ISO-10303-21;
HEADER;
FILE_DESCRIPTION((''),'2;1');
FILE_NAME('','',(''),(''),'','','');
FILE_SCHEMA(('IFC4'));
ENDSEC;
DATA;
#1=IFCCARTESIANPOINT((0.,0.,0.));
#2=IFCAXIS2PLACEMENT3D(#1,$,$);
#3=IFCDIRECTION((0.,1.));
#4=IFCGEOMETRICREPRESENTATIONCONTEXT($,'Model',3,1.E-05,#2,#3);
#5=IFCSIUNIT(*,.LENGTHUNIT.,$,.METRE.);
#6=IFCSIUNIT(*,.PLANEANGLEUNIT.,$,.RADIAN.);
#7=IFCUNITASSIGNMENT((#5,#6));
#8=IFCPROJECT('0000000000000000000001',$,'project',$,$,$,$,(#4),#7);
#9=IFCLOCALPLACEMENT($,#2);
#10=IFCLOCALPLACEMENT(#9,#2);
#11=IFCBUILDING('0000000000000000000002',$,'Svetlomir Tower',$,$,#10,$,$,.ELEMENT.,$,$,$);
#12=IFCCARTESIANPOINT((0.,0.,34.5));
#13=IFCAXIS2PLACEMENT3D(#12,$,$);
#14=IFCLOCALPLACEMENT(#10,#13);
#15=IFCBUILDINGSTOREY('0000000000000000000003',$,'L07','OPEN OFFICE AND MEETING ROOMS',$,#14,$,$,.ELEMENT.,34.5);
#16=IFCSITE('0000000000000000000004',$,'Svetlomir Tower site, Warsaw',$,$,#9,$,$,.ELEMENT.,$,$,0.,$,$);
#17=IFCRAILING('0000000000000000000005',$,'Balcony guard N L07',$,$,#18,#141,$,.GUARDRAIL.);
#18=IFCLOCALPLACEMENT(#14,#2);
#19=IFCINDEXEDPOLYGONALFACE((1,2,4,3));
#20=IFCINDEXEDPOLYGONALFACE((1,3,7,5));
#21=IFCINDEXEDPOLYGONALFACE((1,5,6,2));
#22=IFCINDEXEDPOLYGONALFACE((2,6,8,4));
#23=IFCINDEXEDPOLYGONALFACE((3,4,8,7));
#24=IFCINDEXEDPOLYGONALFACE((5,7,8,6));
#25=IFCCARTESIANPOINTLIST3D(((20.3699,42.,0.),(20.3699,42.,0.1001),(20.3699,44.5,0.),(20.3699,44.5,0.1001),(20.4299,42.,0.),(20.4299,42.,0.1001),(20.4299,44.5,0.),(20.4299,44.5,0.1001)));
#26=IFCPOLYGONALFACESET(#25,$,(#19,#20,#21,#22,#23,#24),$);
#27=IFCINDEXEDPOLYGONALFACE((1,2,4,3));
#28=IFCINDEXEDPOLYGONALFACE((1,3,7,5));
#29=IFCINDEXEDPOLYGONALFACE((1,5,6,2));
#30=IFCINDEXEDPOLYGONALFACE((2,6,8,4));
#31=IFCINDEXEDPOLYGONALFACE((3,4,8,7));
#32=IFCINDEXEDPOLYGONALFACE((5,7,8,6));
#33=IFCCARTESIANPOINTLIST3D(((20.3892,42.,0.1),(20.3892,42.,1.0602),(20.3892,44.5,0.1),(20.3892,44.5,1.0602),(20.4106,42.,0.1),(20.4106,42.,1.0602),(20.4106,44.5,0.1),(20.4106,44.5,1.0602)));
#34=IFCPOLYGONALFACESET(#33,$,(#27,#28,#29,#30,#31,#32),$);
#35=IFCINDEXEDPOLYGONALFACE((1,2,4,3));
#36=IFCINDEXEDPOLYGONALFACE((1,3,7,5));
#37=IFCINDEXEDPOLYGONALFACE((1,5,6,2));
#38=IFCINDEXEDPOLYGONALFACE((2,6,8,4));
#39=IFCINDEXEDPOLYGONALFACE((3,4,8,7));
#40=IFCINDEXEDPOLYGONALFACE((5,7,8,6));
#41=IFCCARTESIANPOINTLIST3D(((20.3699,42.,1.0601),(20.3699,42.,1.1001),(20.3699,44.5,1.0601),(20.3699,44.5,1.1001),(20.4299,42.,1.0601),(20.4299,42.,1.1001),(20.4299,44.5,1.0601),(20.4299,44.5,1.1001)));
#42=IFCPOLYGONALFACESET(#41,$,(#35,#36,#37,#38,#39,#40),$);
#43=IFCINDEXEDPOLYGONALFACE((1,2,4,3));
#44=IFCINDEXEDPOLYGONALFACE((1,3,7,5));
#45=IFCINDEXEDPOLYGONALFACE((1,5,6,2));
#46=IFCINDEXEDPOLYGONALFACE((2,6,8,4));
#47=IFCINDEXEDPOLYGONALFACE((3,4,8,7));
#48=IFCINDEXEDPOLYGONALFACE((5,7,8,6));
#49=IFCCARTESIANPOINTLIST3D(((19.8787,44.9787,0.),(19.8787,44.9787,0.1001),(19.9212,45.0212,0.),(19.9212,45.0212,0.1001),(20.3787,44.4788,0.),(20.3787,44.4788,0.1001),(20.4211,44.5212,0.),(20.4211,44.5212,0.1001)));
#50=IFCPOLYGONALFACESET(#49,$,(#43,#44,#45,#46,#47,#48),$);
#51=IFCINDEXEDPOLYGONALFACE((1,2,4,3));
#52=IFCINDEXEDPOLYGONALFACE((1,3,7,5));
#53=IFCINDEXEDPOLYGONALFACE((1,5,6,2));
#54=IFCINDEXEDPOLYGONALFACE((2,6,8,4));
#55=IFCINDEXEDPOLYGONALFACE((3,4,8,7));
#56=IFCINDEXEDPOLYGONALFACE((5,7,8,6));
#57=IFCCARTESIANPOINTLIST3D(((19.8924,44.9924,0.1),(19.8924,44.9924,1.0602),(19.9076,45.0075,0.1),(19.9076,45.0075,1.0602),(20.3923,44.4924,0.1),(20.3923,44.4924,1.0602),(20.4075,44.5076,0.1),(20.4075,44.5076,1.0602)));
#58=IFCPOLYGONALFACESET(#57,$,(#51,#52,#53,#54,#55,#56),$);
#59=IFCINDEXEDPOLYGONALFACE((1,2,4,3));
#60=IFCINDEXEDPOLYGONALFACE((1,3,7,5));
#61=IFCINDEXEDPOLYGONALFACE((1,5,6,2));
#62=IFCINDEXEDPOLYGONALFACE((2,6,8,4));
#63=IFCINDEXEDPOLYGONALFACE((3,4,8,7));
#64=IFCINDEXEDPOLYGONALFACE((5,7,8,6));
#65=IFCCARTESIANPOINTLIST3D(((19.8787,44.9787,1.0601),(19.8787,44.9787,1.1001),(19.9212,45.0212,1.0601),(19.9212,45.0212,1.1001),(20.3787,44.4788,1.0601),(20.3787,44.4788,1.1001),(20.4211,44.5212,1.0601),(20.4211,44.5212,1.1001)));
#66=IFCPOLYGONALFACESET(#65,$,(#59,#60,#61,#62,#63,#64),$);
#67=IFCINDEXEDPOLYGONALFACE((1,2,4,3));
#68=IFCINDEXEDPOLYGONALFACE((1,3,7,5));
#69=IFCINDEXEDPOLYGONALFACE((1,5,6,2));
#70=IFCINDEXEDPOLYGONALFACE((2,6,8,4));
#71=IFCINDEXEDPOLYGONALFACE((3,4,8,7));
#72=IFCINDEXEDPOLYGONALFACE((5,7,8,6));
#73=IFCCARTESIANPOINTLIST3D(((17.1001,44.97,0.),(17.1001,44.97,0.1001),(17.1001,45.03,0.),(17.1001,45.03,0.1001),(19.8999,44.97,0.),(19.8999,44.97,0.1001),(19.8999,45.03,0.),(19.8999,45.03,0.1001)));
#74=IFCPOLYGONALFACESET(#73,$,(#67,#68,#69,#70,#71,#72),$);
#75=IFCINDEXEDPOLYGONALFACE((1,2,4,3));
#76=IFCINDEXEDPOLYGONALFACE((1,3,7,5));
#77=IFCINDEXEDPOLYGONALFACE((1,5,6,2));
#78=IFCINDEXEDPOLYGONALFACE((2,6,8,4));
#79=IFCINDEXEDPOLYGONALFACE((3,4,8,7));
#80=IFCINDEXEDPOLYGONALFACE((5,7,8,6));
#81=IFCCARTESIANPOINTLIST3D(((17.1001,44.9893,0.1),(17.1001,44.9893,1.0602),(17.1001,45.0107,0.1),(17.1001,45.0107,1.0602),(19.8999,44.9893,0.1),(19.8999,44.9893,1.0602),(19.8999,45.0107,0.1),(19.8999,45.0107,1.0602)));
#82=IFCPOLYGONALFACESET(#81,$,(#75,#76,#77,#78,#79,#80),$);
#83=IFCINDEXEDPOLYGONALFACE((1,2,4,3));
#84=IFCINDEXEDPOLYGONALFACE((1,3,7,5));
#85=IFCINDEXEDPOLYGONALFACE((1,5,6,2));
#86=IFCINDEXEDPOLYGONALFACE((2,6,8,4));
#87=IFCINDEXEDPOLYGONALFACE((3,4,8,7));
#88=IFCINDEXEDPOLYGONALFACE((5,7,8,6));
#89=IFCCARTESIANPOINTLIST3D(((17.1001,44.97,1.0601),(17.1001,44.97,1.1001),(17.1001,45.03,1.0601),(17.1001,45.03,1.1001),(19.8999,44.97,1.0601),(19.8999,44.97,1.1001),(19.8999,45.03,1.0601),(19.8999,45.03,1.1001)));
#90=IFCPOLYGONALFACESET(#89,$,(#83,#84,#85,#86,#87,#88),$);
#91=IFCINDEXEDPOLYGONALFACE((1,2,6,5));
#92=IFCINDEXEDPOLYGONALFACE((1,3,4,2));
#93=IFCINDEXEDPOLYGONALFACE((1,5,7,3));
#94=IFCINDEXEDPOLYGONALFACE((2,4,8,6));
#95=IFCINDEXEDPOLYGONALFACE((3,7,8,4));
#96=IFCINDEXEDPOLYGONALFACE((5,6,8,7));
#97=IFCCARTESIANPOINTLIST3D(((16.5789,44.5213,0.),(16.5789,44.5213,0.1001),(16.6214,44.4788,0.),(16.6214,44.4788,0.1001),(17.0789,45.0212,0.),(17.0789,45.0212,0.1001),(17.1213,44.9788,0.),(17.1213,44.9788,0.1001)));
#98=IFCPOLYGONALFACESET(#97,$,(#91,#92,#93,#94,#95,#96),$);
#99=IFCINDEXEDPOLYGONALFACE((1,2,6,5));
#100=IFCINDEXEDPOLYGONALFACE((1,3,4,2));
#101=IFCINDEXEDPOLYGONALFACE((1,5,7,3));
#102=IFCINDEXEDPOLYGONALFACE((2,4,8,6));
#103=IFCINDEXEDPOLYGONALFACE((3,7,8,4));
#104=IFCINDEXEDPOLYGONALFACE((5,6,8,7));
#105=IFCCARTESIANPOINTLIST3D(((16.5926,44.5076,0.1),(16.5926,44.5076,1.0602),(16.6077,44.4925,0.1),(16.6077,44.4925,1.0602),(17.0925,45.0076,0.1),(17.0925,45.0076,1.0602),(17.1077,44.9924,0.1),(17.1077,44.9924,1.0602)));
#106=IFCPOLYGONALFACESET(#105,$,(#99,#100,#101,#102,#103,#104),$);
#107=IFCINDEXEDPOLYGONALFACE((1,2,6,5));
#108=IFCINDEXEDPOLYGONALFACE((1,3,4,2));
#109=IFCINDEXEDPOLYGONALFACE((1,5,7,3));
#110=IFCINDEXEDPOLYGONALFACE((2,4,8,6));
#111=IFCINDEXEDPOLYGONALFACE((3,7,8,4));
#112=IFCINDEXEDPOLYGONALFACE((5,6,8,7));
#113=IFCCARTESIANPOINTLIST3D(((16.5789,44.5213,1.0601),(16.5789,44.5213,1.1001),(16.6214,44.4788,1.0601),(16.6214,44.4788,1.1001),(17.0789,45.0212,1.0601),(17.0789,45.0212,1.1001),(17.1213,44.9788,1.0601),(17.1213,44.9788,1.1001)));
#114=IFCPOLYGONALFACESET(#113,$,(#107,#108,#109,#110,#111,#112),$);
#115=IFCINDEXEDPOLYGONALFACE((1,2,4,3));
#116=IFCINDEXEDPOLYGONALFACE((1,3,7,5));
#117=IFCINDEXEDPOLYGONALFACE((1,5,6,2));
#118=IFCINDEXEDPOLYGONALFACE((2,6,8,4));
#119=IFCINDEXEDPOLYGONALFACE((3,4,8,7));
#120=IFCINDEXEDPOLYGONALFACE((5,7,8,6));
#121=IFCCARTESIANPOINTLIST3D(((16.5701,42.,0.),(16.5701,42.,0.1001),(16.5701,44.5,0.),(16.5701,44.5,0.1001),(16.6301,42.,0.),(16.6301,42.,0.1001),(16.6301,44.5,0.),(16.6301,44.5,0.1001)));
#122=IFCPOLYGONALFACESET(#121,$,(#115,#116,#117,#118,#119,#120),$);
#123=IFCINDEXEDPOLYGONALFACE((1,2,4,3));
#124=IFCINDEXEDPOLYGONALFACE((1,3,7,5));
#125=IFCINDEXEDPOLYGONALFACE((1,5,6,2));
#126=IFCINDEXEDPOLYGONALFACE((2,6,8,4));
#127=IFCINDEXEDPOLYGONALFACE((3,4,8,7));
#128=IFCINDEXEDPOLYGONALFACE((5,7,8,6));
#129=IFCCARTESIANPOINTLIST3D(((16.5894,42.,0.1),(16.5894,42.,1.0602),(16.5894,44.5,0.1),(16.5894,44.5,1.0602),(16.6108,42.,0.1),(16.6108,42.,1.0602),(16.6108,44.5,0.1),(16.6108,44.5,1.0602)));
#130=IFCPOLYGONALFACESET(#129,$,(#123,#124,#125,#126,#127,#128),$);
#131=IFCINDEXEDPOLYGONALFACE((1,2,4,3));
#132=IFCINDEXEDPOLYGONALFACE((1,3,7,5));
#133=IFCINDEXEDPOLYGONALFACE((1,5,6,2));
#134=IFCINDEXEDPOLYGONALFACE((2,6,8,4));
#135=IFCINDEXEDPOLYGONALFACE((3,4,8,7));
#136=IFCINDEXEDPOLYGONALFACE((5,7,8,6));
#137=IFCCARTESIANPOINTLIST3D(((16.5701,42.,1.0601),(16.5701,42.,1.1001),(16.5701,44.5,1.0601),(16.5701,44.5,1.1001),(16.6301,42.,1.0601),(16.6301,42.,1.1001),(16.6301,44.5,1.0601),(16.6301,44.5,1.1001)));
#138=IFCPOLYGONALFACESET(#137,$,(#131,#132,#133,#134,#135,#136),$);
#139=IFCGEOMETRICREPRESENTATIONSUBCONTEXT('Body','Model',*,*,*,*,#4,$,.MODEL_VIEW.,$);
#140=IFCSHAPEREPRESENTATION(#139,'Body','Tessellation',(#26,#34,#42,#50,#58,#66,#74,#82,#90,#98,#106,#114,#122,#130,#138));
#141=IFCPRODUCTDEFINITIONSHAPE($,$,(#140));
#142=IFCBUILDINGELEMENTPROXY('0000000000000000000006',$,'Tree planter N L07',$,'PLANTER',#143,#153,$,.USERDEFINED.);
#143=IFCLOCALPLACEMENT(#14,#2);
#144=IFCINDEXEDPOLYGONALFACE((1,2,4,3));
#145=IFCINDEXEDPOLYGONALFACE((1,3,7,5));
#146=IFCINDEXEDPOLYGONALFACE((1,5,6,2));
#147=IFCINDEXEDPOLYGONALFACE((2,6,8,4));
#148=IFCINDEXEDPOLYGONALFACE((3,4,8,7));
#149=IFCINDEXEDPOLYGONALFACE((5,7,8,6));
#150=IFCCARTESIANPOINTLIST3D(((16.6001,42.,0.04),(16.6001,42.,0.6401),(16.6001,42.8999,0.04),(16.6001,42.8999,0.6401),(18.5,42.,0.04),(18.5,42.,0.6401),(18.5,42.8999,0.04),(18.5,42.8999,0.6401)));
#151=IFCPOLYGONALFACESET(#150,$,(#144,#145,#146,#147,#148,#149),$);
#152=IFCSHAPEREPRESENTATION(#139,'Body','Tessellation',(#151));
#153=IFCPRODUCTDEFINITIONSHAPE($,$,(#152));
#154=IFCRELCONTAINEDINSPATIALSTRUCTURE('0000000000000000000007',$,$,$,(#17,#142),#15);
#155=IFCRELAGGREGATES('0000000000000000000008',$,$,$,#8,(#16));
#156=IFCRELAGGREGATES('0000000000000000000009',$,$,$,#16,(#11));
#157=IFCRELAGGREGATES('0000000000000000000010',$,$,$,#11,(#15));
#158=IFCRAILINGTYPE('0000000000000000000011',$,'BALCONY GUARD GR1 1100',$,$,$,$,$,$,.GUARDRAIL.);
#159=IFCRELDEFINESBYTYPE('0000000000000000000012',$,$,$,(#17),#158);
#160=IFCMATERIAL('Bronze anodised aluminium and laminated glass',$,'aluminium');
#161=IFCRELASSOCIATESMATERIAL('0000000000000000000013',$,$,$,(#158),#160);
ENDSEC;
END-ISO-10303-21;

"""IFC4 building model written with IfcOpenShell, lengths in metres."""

from ifc_helpers import new_model, si_unit, direction, frame, origin, origin_2d, place, context, subcontext, project, spatial, rectangle, extrude, material, type_object, element, save


model = new_model("IFC4")

# Units and contexts
model_context = context("Model", 3, precision=1e-05, world=origin(), true_north=direction((0.0, 1.0)))
body_context = subcontext(model_context, "Body", "Model", "MODEL_VIEW")
ifc_project = project(units=[si_unit("LENGTHUNIT", "METRE"), si_unit("PLANEANGLEUNIT", "RADIAN")], contexts=[model_context])

# Site, building, storey
site_placement = place(None, origin())
site = spatial("IfcSite", under=ifc_project, at=site_placement, Name="Svetlomir Tower site, Warsaw", CompositionType="ELEMENT", RefElevation=0.0)
building_placement = place(site_placement, origin())
building = spatial("IfcBuilding", under=site, at=building_placement, Name="Svetlomir Tower", CompositionType="ELEMENT")
storey_placement = place(building_placement, frame((0.0, 0.0, 34.5)))
storey = spatial("IfcBuildingStorey", under=building, at=storey_placement, Name="L07", Description="OPEN OFFICE AND MEETING ROOMS", CompositionType="ELEMENT", Elevation=34.5)

# Railing
ifc_material_1 = material(Name="Bronze anodised aluminium and laminated glass", Category="aluminium")
railing_type = type_object("IfcRailingType", Name="BALCONY GUARD GR1 1100", PredefinedType="GUARDRAIL", material=ifc_material_1)
railing_placement = place(storey_placement, frame((20.3999, 42.0, 0.0)))
element("IfcRailing", 1, at=railing_placement, inside=storey, type_object=railing_type, Name="Balcony guard N L07", PredefinedType="GUARDRAIL", context=body_context, shape_type="SweptSolid", body=[
    extrude(rectangle(XDim=0.0601, YDim=0.1001, at=origin_2d()), frame((0.0, 0.0, 0.05), z_axis=(0.0, 1.0, 0.0), x_axis=(-1.0, 0.0, 0.0)), (0.0, 0.0, 1.0), 2.5),
    extrude(rectangle(XDim=0.0215, YDim=0.9602, at=origin_2d()), frame((0.0, 0.0, 0.5801), z_axis=(0.0, 1.0, 0.0), x_axis=(-1.0, 0.0, 0.0)), (0.0, 0.0, 1.0), 2.5),
    extrude(rectangle(XDim=0.0601, YDim=0.04, at=origin_2d()), frame((0.0, 0.0, 1.0801), z_axis=(0.0, 1.0, 0.0), x_axis=(-1.0, 0.0, 0.0)), (0.0, 0.0, 1.0), 2.5),
    extrude(rectangle(XDim=0.0601, YDim=0.1001, at=origin_2d()), frame((0.0, 2.5, 0.05), z_axis=(-0.707107, 0.707107, 0.0), x_axis=(-0.707107, -0.707107, 0.0)), (0.0, 0.0, 1.0), 0.707),
    extrude(rectangle(XDim=0.0215, YDim=0.9602, at=origin_2d()), frame((0.0, 2.5, 0.5801), z_axis=(-0.707107, 0.707107, 0.0), x_axis=(-0.707107, -0.707107, 0.0)), (0.0, 0.0, 1.0), 0.707),
    extrude(rectangle(XDim=0.0601, YDim=0.04, at=origin_2d()), frame((0.0, 2.5, 1.0801), z_axis=(-0.707107, 0.707107, 0.0), x_axis=(-0.707107, -0.707107, 0.0)), (0.0, 0.0, 1.0), 0.707),
    extrude(rectangle(XDim=0.0601, YDim=0.1001, at=origin_2d()), frame((-0.5, 3.0, 0.05), z_axis=(-1.0, 0.0, 0.0), x_axis=(0.0, -1.0, 0.0)), (0.0, 0.0, 1.0), 2.7998),
    extrude(rectangle(XDim=0.0215, YDim=0.9602, at=origin_2d()), frame((-0.5, 3.0, 0.5801), z_axis=(-1.0, 0.0, 0.0), x_axis=(0.0, -1.0, 0.0)), (0.0, 0.0, 1.0), 2.7998),
    extrude(rectangle(XDim=0.0601, YDim=0.04, at=origin_2d()), frame((-0.5, 3.0, 1.0801), z_axis=(-1.0, 0.0, 0.0), x_axis=(0.0, -1.0, 0.0)), (0.0, 0.0, 1.0), 2.7998),
    extrude(rectangle(XDim=0.0601, YDim=0.1001, at=origin_2d()), frame((-3.2998, 3.0, 0.05), z_axis=(-0.707107, -0.707107, 0.0), x_axis=(0.707107, -0.707107, 0.0)), (0.0, 0.0, 1.0), 0.707),
    extrude(rectangle(XDim=0.0215, YDim=0.9602, at=origin_2d()), frame((-3.2998, 3.0, 0.5801), z_axis=(-0.707107, -0.707107, 0.0), x_axis=(0.707107, -0.707107, 0.0)), (0.0, 0.0, 1.0), 0.707),
    extrude(rectangle(XDim=0.0601, YDim=0.04, at=origin_2d()), frame((-3.2998, 3.0, 1.0801), z_axis=(-0.707107, -0.707107, 0.0), x_axis=(0.707107, -0.707107, 0.0)), (0.0, 0.0, 1.0), 0.707),
    extrude(rectangle(XDim=0.0601, YDim=0.1001, at=origin_2d()), frame((-3.7998, 2.5, 0.05), z_axis=(0.0, -1.0, 0.0), x_axis=(1.0, 0.0, 0.0)), (0.0, 0.0, 1.0), 2.5),
    extrude(rectangle(XDim=0.0215, YDim=0.9602, at=origin_2d()), frame((-3.7998, 2.5, 0.5801), z_axis=(0.0, -1.0, 0.0), x_axis=(1.0, 0.0, 0.0)), (0.0, 0.0, 1.0), 2.5),
    extrude(rectangle(XDim=0.0601, YDim=0.04, at=origin_2d()), frame((-3.7998, 2.5, 1.0801), z_axis=(0.0, -1.0, 0.0), x_axis=(1.0, 0.0, 0.0)), (0.0, 0.0, 1.0), 2.5),
])

# Building element proxy
proxy_placement = place(storey_placement, frame((17.55, 42.45, 0.04), z_axis=(0.0, 0.0, 1.0), x_axis=(1.0, 0.0, 0.0)))
element("IfcBuildingElementProxy", 2, at=proxy_placement, inside=storey, Name="Tree planter N L07", ObjectType="PLANTER", PredefinedType="USERDEFINED", context=body_context, shape_type="SweptSolid", body=[
    extrude(rectangle(XDim=1.8999, YDim=0.8999, at=origin_2d()), origin(), (0.0, 0.0, 1.0), 0.6001),
])

save(model, "model.ifc")
